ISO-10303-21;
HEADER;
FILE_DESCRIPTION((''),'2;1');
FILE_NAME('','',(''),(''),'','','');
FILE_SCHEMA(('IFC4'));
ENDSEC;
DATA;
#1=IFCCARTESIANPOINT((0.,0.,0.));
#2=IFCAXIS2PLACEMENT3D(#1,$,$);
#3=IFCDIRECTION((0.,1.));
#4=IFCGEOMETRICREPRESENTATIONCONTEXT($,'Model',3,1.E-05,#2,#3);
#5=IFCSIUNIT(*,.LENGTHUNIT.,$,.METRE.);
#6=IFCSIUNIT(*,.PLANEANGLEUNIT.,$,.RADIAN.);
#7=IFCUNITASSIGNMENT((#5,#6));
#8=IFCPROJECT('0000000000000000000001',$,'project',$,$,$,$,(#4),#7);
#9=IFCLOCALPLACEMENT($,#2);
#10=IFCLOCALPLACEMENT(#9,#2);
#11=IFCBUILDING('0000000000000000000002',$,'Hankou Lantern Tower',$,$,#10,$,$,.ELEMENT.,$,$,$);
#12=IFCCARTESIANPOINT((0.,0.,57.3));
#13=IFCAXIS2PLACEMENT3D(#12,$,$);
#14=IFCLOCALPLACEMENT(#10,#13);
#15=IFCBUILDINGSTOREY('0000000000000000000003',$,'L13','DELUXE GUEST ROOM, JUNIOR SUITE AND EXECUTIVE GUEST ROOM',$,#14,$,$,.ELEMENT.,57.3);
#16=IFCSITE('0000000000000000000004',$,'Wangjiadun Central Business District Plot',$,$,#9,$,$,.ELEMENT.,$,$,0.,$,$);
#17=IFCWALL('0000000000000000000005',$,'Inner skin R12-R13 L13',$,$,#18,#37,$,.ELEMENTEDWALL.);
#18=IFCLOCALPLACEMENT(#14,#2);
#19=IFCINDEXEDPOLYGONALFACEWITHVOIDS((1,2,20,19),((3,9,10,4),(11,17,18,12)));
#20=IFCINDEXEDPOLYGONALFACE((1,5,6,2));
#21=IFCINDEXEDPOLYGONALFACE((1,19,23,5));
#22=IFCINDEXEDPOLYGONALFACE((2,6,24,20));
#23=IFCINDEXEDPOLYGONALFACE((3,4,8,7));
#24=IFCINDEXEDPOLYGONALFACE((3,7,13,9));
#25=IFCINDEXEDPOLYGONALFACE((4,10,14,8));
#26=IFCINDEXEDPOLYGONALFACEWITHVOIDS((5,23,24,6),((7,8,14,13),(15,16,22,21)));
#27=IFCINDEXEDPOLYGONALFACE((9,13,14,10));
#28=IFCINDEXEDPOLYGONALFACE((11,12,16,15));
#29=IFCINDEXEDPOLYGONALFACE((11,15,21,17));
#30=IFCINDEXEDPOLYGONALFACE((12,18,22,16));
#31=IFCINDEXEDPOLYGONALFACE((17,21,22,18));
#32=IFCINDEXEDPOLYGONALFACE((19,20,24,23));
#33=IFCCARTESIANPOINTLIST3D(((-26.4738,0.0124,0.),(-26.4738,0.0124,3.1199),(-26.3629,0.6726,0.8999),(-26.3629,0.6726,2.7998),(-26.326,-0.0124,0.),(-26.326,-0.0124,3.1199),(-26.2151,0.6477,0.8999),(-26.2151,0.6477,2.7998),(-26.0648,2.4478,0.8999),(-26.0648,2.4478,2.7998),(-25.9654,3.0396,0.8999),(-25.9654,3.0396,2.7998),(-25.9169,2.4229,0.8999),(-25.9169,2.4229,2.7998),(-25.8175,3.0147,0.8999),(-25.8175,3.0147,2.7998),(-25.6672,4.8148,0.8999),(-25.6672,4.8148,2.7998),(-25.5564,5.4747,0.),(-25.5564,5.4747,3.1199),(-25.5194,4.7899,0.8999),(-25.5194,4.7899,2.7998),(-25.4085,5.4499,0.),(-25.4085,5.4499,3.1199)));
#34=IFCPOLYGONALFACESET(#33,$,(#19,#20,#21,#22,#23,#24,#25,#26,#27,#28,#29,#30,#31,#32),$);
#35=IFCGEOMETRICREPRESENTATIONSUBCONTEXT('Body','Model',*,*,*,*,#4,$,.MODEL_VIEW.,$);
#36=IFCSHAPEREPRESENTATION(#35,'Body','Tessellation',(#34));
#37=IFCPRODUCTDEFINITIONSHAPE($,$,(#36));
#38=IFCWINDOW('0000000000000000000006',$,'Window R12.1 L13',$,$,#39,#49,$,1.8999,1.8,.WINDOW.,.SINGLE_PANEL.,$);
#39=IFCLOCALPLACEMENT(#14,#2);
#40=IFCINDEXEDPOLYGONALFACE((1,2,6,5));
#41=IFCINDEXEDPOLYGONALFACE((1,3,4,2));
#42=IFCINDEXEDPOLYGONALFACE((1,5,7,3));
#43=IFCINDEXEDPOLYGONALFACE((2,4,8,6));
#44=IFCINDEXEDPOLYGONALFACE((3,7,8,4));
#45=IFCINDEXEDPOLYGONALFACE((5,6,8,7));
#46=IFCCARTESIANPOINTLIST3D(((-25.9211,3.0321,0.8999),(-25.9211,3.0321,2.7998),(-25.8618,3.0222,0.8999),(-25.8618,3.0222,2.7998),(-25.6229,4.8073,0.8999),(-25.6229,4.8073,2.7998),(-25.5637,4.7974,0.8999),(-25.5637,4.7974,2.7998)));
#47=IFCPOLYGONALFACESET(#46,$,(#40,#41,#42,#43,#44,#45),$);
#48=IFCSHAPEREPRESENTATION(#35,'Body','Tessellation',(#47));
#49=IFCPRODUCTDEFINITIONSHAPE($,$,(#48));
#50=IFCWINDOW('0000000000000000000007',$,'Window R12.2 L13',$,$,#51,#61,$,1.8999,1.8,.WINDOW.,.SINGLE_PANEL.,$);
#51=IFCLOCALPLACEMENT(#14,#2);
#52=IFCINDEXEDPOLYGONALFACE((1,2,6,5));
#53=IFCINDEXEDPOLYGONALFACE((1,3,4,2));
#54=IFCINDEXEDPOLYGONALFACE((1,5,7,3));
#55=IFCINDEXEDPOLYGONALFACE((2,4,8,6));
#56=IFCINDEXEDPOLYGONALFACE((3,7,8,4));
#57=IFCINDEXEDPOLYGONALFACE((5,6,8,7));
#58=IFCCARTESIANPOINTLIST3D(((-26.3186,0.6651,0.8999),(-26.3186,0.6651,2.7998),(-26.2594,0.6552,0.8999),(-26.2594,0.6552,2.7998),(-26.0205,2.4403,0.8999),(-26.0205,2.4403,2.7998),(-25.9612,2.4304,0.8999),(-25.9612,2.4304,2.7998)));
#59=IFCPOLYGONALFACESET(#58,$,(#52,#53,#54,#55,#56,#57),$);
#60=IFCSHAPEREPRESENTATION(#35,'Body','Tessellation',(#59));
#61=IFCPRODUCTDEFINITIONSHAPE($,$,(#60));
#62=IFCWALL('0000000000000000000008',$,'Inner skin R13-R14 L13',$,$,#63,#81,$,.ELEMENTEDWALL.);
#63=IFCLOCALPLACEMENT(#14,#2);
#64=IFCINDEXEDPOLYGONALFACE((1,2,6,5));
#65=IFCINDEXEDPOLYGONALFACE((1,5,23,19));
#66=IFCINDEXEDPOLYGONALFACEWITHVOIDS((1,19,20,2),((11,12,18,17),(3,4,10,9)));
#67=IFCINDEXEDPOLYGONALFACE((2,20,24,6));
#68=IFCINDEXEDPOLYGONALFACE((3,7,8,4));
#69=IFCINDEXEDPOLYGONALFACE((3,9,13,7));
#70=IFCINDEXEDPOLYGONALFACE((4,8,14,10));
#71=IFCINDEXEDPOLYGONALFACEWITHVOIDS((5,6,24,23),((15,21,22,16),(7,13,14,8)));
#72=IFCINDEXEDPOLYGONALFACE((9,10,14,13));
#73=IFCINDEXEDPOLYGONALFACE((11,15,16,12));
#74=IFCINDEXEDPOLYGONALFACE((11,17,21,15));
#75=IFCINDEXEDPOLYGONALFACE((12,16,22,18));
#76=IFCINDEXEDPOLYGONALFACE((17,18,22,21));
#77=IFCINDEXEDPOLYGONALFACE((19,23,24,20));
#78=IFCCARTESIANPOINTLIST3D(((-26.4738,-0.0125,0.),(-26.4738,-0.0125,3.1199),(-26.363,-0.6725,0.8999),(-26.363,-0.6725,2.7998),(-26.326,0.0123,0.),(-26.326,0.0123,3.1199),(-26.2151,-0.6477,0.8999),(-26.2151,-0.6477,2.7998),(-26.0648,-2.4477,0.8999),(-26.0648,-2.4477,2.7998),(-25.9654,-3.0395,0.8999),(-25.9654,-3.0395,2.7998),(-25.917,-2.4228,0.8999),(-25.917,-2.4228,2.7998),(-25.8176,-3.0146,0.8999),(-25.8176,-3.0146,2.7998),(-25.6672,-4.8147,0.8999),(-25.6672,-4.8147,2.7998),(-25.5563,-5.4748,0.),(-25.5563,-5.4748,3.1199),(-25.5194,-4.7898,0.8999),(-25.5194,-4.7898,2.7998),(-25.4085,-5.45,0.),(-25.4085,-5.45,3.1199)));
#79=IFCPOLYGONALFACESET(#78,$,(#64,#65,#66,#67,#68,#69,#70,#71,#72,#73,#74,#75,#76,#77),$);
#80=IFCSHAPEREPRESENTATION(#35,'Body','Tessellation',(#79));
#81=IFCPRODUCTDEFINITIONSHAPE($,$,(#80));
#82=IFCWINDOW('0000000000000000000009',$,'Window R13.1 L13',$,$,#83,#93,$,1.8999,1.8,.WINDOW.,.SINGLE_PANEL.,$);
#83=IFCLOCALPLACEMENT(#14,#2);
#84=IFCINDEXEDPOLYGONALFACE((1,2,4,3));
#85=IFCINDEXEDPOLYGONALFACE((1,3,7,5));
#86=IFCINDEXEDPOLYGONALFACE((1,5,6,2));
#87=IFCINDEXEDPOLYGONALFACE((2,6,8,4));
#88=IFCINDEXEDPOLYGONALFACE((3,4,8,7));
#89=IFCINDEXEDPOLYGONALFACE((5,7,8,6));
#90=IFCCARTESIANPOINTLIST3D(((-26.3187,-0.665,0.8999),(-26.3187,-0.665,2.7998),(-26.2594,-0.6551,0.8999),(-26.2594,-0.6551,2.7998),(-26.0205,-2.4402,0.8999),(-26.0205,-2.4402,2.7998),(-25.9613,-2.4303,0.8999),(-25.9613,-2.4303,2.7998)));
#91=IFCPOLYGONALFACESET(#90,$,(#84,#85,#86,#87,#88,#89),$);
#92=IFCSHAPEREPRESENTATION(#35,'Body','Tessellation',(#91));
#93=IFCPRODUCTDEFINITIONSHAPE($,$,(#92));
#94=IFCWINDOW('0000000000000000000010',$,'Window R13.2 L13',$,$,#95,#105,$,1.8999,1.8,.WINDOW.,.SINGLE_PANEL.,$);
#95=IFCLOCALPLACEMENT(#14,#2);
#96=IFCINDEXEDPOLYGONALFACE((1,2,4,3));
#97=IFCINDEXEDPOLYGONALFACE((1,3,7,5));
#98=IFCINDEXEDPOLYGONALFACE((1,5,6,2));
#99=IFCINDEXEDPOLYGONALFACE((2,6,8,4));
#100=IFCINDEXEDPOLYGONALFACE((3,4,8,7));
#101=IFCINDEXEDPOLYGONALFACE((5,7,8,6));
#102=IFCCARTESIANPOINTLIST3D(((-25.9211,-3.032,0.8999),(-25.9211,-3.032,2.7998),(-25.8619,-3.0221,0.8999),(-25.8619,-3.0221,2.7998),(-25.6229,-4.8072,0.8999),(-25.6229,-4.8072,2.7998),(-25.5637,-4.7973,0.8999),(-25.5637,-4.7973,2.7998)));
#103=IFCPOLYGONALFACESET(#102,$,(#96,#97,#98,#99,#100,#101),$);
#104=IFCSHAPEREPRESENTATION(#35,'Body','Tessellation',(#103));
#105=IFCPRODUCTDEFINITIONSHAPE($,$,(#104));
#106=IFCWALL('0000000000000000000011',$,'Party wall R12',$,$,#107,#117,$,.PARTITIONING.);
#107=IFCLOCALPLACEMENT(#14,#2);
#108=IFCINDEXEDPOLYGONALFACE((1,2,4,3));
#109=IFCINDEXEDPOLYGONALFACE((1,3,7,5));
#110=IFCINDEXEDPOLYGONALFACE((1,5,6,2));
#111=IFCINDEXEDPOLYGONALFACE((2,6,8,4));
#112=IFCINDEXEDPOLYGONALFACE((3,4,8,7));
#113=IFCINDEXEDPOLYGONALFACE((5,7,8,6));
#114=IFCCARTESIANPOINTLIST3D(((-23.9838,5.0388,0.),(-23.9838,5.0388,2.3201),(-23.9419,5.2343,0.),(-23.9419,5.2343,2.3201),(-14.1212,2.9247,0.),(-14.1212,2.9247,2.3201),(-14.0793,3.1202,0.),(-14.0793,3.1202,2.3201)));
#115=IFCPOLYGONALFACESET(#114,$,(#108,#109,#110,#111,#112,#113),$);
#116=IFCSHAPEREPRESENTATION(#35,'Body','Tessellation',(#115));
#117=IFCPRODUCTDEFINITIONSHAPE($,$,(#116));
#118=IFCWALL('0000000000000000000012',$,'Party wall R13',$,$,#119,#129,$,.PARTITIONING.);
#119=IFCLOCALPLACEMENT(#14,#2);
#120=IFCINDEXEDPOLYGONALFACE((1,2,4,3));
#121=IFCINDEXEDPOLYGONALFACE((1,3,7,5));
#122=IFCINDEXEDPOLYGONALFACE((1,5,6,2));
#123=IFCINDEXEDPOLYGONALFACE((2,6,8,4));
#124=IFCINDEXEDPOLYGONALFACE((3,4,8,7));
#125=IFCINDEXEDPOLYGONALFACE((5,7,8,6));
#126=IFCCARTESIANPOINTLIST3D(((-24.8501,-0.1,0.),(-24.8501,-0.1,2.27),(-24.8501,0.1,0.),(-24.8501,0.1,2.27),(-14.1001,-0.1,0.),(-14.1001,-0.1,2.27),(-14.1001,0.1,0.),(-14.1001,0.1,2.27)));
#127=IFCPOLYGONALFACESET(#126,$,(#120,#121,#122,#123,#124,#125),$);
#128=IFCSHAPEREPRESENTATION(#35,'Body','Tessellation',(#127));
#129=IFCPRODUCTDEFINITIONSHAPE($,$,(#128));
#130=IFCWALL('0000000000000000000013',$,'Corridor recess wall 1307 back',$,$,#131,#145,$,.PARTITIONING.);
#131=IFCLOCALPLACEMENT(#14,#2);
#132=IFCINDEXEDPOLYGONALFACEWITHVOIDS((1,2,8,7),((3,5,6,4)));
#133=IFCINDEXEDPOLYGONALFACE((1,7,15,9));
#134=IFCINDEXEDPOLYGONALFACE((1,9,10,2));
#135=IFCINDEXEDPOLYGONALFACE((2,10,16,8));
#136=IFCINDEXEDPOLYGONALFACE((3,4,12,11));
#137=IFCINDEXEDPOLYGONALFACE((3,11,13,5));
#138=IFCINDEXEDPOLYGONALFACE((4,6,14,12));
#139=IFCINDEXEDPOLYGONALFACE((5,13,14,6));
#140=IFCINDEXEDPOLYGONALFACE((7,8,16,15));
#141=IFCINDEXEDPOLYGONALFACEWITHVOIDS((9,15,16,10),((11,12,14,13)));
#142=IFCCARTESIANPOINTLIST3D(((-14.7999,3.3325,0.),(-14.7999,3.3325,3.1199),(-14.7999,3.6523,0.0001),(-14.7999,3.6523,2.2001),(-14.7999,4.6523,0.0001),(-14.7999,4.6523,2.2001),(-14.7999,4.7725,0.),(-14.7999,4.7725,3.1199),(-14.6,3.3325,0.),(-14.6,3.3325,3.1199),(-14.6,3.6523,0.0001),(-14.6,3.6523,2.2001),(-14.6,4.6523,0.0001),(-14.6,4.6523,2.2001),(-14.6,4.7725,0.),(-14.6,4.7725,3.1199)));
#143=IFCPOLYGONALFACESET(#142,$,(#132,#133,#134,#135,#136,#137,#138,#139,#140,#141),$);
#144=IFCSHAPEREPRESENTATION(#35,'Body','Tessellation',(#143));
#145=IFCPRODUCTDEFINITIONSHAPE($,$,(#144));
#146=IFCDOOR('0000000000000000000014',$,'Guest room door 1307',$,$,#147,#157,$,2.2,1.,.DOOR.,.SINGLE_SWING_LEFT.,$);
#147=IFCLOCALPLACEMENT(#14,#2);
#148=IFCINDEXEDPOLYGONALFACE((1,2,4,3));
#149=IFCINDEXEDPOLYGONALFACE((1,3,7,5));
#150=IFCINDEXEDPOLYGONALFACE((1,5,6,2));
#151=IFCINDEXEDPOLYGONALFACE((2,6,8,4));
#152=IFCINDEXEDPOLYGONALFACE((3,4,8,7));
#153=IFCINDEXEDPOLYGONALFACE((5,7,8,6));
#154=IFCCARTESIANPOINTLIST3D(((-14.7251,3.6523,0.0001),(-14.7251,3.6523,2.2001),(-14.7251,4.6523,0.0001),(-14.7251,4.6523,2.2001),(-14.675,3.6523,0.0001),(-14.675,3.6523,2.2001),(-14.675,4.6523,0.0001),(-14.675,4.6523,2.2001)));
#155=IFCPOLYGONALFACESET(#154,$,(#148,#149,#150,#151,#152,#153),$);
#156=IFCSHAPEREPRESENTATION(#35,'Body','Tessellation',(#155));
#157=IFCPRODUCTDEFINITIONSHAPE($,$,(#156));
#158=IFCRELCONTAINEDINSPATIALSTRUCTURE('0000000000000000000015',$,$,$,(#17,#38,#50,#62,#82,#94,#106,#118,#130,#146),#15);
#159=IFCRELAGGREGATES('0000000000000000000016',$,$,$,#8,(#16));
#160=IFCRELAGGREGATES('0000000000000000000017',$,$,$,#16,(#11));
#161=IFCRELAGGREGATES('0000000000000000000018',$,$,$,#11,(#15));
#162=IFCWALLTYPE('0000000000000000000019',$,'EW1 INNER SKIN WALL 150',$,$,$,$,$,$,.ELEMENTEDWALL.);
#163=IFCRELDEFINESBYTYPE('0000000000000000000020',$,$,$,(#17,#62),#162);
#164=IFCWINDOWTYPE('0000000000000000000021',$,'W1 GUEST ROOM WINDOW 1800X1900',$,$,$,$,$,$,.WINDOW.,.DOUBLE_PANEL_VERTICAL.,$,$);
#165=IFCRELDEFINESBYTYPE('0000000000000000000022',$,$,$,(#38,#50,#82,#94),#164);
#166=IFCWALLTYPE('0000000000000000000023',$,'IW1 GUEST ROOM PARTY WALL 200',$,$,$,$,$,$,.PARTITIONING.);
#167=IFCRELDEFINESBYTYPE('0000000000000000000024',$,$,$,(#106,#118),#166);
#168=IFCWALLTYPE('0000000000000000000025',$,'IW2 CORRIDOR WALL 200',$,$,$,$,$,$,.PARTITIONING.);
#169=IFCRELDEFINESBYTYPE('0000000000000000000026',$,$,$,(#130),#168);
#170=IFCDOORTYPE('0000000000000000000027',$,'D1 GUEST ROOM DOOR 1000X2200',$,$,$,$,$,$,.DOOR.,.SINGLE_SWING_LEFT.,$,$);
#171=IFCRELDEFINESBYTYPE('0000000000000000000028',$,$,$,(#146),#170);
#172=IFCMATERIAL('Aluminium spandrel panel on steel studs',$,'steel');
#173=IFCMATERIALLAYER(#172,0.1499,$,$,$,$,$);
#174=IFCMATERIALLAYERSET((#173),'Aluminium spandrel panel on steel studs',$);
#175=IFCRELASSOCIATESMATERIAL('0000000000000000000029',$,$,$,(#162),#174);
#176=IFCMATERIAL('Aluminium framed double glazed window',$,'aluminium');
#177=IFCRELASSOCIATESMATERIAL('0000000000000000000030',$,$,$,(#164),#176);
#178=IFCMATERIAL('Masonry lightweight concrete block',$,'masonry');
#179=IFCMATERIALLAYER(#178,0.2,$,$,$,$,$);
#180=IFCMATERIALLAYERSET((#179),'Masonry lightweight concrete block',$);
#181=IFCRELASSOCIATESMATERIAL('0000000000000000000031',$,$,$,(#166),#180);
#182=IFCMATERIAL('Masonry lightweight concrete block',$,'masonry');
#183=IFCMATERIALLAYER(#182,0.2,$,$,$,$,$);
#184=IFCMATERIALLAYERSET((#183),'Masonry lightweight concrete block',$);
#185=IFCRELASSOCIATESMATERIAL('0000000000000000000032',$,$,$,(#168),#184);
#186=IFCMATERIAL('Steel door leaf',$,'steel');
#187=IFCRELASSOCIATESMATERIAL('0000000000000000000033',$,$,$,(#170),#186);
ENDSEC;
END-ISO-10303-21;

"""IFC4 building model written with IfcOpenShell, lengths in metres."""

from ifc_helpers import new_model, si_unit, direction, frame, frame_2d, origin, place, context, subcontext, project, spatial, rectangle, extrude, material, layer, layer_set, type_object, element, fill, save


model = new_model("IFC4")

# Units and contexts
model_context = context("Model", 3, precision=1e-05, world=origin(), true_north=direction((0.0, 1.0)))
body_context = subcontext(model_context, "Body", "Model", "MODEL_VIEW")
ifc_project = project(units=[si_unit("LENGTHUNIT", "METRE"), si_unit("PLANEANGLEUNIT", "RADIAN")], contexts=[model_context])

# Site, building, storey
site_placement = place(None, origin())
site = spatial("IfcSite", under=ifc_project, at=site_placement, Name="Wangjiadun Central Business District Plot", CompositionType="ELEMENT", RefElevation=0.0)
building_placement = place(site_placement, origin())
building = spatial("IfcBuilding", under=site, at=building_placement, Name="Hankou Lantern Tower", CompositionType="ELEMENT")
storey_placement = place(building_placement, frame((0.0, 0.0, 57.3)))
storey = spatial("IfcBuildingStorey", under=building, at=storey_placement, Name="L13", Description="DELUXE GUEST ROOM, JUNIOR SUITE AND EXECUTIVE GUEST ROOM", CompositionType="ELEMENT", Elevation=57.3)

# Walls, openings, windows
ifc_material_1 = material(Name="Aluminium spandrel panel on steel studs", Category="steel")
ifc_layer_1 = layer(ifc_material_1, 0.1499)
ifc_layer_set_1 = layer_set([ifc_layer_1], Name="Aluminium spandrel panel on steel studs")
wall_type_1 = type_object("IfcWallType", Name="EW1 INNER SKIN WALL 150", PredefinedType="ELEMENTEDWALL", material=ifc_layer_set_1)
wall_1_placement = place(storey_placement, frame((-25.4824, 5.4624, 0.0), z_axis=(0.0, 0.0, 1.0), x_axis=(-0.165643, -0.986186, 0.0)))
wall_1 = element("IfcWall", 1, at=wall_1_placement, inside=storey, type_object=wall_type_1, Name="Inner skin R12-R13 L13", PredefinedType="ELEMENTEDWALL", context=body_context, shape_type="SweptSolid", body=[
    extrude(rectangle(XDim=5.5388, YDim=0.1499, at=frame_2d((2.7695, 0.0))), origin(), (0.0, 0.0, 1.0), 3.1199),
])
opening_1_placement = place(wall_1_placement, frame((0.6694, 0.0, 0.8999)))
opening_1 = element("IfcOpeningElement", 2, at=opening_1_placement, cuts=wall_1, PredefinedType="OPENING", context=body_context, shape_type="SweptSolid", body=[
    extrude(rectangle(XDim=1.8, YDim=1.8999, at=frame_2d((0.8999, 0.95))), frame((0.0, 0.085, 0.0), z_axis=(0.0, -1.0, 0.0), x_axis=(1.0, 0.0, 0.0)), (0.0, 0.0, 1.0), 0.1699),
])
opening_2_placement = place(wall_1_placement, frame((3.0696, 0.0, 0.8999)))
opening_2 = element("IfcOpeningElement", 3, at=opening_2_placement, cuts=wall_1, PredefinedType="OPENING", context=body_context, shape_type="SweptSolid", body=[
    extrude(rectangle(XDim=1.8, YDim=1.8999, at=frame_2d((0.8999, 0.95))), frame((0.0, 0.085, 0.0), z_axis=(0.0, -1.0, 0.0), x_axis=(1.0, 0.0, 0.0)), (0.0, 0.0, 1.0), 0.1699),
])
ifc_material_2 = material(Name="Aluminium framed double glazed window", Category="aluminium")
window_type = type_object("IfcWindowType", Name="W1 GUEST ROOM WINDOW 1800X1900", PartitioningType="DOUBLE_PANEL_VERTICAL", PredefinedType="WINDOW", material=ifc_material_2)
window_1_placement = place(opening_1_placement, origin())
window_1 = element("IfcWindow", 4, at=window_1_placement, inside=storey, type_object=window_type, Name="Window R12.1 L13", OverallHeight=1.8999, OverallWidth=1.8, PartitioningType="SINGLE_PANEL", PredefinedType="WINDOW", context=body_context, shape_type="SweptSolid", body=[
    extrude(rectangle(XDim=1.8, YDim=1.8999, at=frame_2d((0.8999, 0.95))), frame((0.0, 0.03, 0.0), z_axis=(0.0, -1.0, 0.0), x_axis=(1.0, 0.0, 0.0)), (0.0, 0.0, 1.0), 0.0601),
])
fill(opening_1, window_1)
window_2_placement = place(opening_2_placement, origin())
window_2 = element("IfcWindow", 5, at=window_2_placement, inside=storey, type_object=window_type, Name="Window R12.2 L13", OverallHeight=1.8999, OverallWidth=1.8, PartitioningType="SINGLE_PANEL", PredefinedType="WINDOW", context=body_context, shape_type="SweptSolid", body=[
    extrude(rectangle(XDim=1.8, YDim=1.8999, at=frame_2d((0.8999, 0.95))), frame((0.0, 0.03, 0.0), z_axis=(0.0, -1.0, 0.0), x_axis=(1.0, 0.0, 0.0)), (0.0, 0.0, 1.0), 0.0601),
])
fill(opening_2, window_2)
wall_2_placement = place(storey_placement, frame((-26.3999, 0.0, 0.0), z_axis=(0.0, 0.0, 1.0), x_axis=(0.165643, -0.986186, 0.0)))
wall_2 = element("IfcWall", 6, at=wall_2_placement, inside=storey, type_object=wall_type_1, Name="Inner skin R13-R14 L13", PredefinedType="ELEMENTEDWALL", context=body_context, shape_type="SweptSolid", body=[
    extrude(rectangle(XDim=5.5388, YDim=0.1499, at=frame_2d((2.7695, 0.0))), origin(), (0.0, 0.0, 1.0), 3.1199),
])
opening_3_placement = place(wall_2_placement, frame((0.6694, 0.0, 0.8999)))
opening_3 = element("IfcOpeningElement", 7, at=opening_3_placement, cuts=wall_2, PredefinedType="OPENING", context=body_context, shape_type="SweptSolid", body=[
    extrude(rectangle(XDim=1.8, YDim=1.8999, at=frame_2d((0.8999, 0.95))), frame((0.0, 0.085, 0.0), z_axis=(0.0, -1.0, 0.0), x_axis=(1.0, 0.0, 0.0)), (0.0, 0.0, 1.0), 0.1699),
])
opening_4_placement = place(wall_2_placement, frame((3.0696, 0.0, 0.8999)))
opening_4 = element("IfcOpeningElement", 8, at=opening_4_placement, cuts=wall_2, PredefinedType="OPENING", context=body_context, shape_type="SweptSolid", body=[
    extrude(rectangle(XDim=1.8, YDim=1.8999, at=frame_2d((0.8999, 0.95))), frame((0.0, 0.085, 0.0), z_axis=(0.0, -1.0, 0.0), x_axis=(1.0, 0.0, 0.0)), (0.0, 0.0, 1.0), 0.1699),
])
window_3_placement = place(opening_3_placement, origin())
window_3 = element("IfcWindow", 9, at=window_3_placement, inside=storey, type_object=window_type, Name="Window R13.1 L13", OverallHeight=1.8999, OverallWidth=1.8, PartitioningType="SINGLE_PANEL", PredefinedType="WINDOW", context=body_context, shape_type="SweptSolid", body=[
    extrude(rectangle(XDim=1.8, YDim=1.8999, at=frame_2d((0.8999, 0.95))), frame((0.0, 0.03, 0.0), z_axis=(0.0, -1.0, 0.0), x_axis=(1.0, 0.0, 0.0)), (0.0, 0.0, 1.0), 0.0601),
])
fill(opening_3, window_3)
window_4_placement = place(opening_4_placement, origin())
window_4 = element("IfcWindow", 10, at=window_4_placement, inside=storey, type_object=window_type, Name="Window R13.2 L13", OverallHeight=1.8999, OverallWidth=1.8, PartitioningType="SINGLE_PANEL", PredefinedType="WINDOW", context=body_context, shape_type="SweptSolid", body=[
    extrude(rectangle(XDim=1.8, YDim=1.8999, at=frame_2d((0.8999, 0.95))), frame((0.0, 0.03, 0.0), z_axis=(0.0, -1.0, 0.0), x_axis=(1.0, 0.0, 0.0)), (0.0, 0.0, 1.0), 0.0601),
])
fill(opening_4, window_4)

# Walls
ifc_material_3 = material(Name="Masonry lightweight concrete block", Category="masonry")
ifc_layer_2 = layer(ifc_material_3, 0.2)
ifc_layer_set_2 = layer_set([ifc_layer_2], Name="Masonry lightweight concrete block")
wall_type_2 = type_object("IfcWallType", Name="IW1 GUEST ROOM PARTY WALL 200", PredefinedType="PARTITIONING", material=ifc_layer_set_2)
wall_3_placement = place(storey_placement, frame((-14.1001, 3.0225, 0.0), z_axis=(0.0, 0.0, 1.0), x_axis=(-0.97779, 0.209587, 0.0)))
element("IfcWall", 11, at=wall_3_placement, inside=storey, type_object=wall_type_2, Name="Party wall R12", PredefinedType="PARTITIONING", context=body_context, shape_type="SweptSolid", body=[
    extrude(rectangle(XDim=10.0867, YDim=0.2, at=frame_2d((5.0435, 0.0))), origin(), (0.0, 0.0, 1.0), 2.3201),
])
wall_4_placement = place(storey_placement, frame((-14.1001, 0.0, 0.0), z_axis=(0.0, 0.0, 1.0), x_axis=(-1.0, 0.0, 0.0)))
element("IfcWall", 12, at=wall_4_placement, inside=storey, type_object=wall_type_2, Name="Party wall R13", PredefinedType="PARTITIONING", context=body_context, shape_type="SweptSolid", body=[
    extrude(rectangle(XDim=10.75, YDim=0.2, at=frame_2d((5.375, 0.0))), origin(), (0.0, 0.0, 1.0), 2.27),
])

# Wall, opening, door
ifc_material_4 = material(Name="Masonry lightweight concrete block", Category="masonry")
ifc_layer_3 = layer(ifc_material_4, 0.2)
ifc_layer_set_3 = layer_set([ifc_layer_3], Name="Masonry lightweight concrete block")
wall_type_3 = type_object("IfcWallType", Name="IW2 CORRIDOR WALL 200", PredefinedType="PARTITIONING", material=ifc_layer_set_3)
wall_5_placement = place(storey_placement, frame((-14.7, 4.7725, 0.0), z_axis=(0.0, 0.0, 1.0), x_axis=(0.0, -1.0, 0.0)))
wall_5 = element("IfcWall", 13, at=wall_5_placement, inside=storey, type_object=wall_type_3, Name="Corridor recess wall 1307 back", PredefinedType="PARTITIONING", context=body_context, shape_type="SweptSolid", body=[
    extrude(rectangle(XDim=1.4399, YDim=0.2, at=frame_2d((0.72, 0.0))), origin(), (0.0, 0.0, 1.0), 3.1199),
])
opening_5_placement = place(wall_5_placement, frame((0.1201, 0.0, 0.0)))
opening_5 = element("IfcOpeningElement", 14, at=opening_5_placement, cuts=wall_5, PredefinedType="OPENING", context=body_context, shape_type="SweptSolid", body=[
    extrude(rectangle(XDim=1.0, YDim=2.2, at=frame_2d((0.5, 1.1001))), frame((0.0, 0.1099, 0.0), z_axis=(0.0, -1.0, 0.0), x_axis=(1.0, 0.0, 0.0)), (0.0, 0.0, 1.0), 0.22),
])
ifc_material_5 = material(Name="Steel door leaf", Category="steel")
door_type_1 = type_object("IfcDoorType", Name="D1 GUEST ROOM DOOR 1000X2200", OperationType="SINGLE_SWING_LEFT", PredefinedType="DOOR", material=ifc_material_5)
door_1_placement = place(opening_5_placement, origin())
door_1 = element("IfcDoor", 15, at=door_1_placement, inside=storey, type_object=door_type_1, Name="Guest room door 1307", OperationType="SINGLE_SWING_LEFT", OverallHeight=2.2, OverallWidth=1.0, PredefinedType="DOOR", context=body_context, shape_type="SweptSolid", body=[
    extrude(rectangle(XDim=1.0, YDim=2.2, at=frame_2d((0.5, 1.1001))), frame((0.0, 0.0249, 0.0), z_axis=(0.0, -1.0, 0.0), x_axis=(1.0, 0.0, 0.0)), (0.0, 0.0, 1.0), 0.05),
])
fill(opening_5, door_1)

save(model, "model.ifc")
